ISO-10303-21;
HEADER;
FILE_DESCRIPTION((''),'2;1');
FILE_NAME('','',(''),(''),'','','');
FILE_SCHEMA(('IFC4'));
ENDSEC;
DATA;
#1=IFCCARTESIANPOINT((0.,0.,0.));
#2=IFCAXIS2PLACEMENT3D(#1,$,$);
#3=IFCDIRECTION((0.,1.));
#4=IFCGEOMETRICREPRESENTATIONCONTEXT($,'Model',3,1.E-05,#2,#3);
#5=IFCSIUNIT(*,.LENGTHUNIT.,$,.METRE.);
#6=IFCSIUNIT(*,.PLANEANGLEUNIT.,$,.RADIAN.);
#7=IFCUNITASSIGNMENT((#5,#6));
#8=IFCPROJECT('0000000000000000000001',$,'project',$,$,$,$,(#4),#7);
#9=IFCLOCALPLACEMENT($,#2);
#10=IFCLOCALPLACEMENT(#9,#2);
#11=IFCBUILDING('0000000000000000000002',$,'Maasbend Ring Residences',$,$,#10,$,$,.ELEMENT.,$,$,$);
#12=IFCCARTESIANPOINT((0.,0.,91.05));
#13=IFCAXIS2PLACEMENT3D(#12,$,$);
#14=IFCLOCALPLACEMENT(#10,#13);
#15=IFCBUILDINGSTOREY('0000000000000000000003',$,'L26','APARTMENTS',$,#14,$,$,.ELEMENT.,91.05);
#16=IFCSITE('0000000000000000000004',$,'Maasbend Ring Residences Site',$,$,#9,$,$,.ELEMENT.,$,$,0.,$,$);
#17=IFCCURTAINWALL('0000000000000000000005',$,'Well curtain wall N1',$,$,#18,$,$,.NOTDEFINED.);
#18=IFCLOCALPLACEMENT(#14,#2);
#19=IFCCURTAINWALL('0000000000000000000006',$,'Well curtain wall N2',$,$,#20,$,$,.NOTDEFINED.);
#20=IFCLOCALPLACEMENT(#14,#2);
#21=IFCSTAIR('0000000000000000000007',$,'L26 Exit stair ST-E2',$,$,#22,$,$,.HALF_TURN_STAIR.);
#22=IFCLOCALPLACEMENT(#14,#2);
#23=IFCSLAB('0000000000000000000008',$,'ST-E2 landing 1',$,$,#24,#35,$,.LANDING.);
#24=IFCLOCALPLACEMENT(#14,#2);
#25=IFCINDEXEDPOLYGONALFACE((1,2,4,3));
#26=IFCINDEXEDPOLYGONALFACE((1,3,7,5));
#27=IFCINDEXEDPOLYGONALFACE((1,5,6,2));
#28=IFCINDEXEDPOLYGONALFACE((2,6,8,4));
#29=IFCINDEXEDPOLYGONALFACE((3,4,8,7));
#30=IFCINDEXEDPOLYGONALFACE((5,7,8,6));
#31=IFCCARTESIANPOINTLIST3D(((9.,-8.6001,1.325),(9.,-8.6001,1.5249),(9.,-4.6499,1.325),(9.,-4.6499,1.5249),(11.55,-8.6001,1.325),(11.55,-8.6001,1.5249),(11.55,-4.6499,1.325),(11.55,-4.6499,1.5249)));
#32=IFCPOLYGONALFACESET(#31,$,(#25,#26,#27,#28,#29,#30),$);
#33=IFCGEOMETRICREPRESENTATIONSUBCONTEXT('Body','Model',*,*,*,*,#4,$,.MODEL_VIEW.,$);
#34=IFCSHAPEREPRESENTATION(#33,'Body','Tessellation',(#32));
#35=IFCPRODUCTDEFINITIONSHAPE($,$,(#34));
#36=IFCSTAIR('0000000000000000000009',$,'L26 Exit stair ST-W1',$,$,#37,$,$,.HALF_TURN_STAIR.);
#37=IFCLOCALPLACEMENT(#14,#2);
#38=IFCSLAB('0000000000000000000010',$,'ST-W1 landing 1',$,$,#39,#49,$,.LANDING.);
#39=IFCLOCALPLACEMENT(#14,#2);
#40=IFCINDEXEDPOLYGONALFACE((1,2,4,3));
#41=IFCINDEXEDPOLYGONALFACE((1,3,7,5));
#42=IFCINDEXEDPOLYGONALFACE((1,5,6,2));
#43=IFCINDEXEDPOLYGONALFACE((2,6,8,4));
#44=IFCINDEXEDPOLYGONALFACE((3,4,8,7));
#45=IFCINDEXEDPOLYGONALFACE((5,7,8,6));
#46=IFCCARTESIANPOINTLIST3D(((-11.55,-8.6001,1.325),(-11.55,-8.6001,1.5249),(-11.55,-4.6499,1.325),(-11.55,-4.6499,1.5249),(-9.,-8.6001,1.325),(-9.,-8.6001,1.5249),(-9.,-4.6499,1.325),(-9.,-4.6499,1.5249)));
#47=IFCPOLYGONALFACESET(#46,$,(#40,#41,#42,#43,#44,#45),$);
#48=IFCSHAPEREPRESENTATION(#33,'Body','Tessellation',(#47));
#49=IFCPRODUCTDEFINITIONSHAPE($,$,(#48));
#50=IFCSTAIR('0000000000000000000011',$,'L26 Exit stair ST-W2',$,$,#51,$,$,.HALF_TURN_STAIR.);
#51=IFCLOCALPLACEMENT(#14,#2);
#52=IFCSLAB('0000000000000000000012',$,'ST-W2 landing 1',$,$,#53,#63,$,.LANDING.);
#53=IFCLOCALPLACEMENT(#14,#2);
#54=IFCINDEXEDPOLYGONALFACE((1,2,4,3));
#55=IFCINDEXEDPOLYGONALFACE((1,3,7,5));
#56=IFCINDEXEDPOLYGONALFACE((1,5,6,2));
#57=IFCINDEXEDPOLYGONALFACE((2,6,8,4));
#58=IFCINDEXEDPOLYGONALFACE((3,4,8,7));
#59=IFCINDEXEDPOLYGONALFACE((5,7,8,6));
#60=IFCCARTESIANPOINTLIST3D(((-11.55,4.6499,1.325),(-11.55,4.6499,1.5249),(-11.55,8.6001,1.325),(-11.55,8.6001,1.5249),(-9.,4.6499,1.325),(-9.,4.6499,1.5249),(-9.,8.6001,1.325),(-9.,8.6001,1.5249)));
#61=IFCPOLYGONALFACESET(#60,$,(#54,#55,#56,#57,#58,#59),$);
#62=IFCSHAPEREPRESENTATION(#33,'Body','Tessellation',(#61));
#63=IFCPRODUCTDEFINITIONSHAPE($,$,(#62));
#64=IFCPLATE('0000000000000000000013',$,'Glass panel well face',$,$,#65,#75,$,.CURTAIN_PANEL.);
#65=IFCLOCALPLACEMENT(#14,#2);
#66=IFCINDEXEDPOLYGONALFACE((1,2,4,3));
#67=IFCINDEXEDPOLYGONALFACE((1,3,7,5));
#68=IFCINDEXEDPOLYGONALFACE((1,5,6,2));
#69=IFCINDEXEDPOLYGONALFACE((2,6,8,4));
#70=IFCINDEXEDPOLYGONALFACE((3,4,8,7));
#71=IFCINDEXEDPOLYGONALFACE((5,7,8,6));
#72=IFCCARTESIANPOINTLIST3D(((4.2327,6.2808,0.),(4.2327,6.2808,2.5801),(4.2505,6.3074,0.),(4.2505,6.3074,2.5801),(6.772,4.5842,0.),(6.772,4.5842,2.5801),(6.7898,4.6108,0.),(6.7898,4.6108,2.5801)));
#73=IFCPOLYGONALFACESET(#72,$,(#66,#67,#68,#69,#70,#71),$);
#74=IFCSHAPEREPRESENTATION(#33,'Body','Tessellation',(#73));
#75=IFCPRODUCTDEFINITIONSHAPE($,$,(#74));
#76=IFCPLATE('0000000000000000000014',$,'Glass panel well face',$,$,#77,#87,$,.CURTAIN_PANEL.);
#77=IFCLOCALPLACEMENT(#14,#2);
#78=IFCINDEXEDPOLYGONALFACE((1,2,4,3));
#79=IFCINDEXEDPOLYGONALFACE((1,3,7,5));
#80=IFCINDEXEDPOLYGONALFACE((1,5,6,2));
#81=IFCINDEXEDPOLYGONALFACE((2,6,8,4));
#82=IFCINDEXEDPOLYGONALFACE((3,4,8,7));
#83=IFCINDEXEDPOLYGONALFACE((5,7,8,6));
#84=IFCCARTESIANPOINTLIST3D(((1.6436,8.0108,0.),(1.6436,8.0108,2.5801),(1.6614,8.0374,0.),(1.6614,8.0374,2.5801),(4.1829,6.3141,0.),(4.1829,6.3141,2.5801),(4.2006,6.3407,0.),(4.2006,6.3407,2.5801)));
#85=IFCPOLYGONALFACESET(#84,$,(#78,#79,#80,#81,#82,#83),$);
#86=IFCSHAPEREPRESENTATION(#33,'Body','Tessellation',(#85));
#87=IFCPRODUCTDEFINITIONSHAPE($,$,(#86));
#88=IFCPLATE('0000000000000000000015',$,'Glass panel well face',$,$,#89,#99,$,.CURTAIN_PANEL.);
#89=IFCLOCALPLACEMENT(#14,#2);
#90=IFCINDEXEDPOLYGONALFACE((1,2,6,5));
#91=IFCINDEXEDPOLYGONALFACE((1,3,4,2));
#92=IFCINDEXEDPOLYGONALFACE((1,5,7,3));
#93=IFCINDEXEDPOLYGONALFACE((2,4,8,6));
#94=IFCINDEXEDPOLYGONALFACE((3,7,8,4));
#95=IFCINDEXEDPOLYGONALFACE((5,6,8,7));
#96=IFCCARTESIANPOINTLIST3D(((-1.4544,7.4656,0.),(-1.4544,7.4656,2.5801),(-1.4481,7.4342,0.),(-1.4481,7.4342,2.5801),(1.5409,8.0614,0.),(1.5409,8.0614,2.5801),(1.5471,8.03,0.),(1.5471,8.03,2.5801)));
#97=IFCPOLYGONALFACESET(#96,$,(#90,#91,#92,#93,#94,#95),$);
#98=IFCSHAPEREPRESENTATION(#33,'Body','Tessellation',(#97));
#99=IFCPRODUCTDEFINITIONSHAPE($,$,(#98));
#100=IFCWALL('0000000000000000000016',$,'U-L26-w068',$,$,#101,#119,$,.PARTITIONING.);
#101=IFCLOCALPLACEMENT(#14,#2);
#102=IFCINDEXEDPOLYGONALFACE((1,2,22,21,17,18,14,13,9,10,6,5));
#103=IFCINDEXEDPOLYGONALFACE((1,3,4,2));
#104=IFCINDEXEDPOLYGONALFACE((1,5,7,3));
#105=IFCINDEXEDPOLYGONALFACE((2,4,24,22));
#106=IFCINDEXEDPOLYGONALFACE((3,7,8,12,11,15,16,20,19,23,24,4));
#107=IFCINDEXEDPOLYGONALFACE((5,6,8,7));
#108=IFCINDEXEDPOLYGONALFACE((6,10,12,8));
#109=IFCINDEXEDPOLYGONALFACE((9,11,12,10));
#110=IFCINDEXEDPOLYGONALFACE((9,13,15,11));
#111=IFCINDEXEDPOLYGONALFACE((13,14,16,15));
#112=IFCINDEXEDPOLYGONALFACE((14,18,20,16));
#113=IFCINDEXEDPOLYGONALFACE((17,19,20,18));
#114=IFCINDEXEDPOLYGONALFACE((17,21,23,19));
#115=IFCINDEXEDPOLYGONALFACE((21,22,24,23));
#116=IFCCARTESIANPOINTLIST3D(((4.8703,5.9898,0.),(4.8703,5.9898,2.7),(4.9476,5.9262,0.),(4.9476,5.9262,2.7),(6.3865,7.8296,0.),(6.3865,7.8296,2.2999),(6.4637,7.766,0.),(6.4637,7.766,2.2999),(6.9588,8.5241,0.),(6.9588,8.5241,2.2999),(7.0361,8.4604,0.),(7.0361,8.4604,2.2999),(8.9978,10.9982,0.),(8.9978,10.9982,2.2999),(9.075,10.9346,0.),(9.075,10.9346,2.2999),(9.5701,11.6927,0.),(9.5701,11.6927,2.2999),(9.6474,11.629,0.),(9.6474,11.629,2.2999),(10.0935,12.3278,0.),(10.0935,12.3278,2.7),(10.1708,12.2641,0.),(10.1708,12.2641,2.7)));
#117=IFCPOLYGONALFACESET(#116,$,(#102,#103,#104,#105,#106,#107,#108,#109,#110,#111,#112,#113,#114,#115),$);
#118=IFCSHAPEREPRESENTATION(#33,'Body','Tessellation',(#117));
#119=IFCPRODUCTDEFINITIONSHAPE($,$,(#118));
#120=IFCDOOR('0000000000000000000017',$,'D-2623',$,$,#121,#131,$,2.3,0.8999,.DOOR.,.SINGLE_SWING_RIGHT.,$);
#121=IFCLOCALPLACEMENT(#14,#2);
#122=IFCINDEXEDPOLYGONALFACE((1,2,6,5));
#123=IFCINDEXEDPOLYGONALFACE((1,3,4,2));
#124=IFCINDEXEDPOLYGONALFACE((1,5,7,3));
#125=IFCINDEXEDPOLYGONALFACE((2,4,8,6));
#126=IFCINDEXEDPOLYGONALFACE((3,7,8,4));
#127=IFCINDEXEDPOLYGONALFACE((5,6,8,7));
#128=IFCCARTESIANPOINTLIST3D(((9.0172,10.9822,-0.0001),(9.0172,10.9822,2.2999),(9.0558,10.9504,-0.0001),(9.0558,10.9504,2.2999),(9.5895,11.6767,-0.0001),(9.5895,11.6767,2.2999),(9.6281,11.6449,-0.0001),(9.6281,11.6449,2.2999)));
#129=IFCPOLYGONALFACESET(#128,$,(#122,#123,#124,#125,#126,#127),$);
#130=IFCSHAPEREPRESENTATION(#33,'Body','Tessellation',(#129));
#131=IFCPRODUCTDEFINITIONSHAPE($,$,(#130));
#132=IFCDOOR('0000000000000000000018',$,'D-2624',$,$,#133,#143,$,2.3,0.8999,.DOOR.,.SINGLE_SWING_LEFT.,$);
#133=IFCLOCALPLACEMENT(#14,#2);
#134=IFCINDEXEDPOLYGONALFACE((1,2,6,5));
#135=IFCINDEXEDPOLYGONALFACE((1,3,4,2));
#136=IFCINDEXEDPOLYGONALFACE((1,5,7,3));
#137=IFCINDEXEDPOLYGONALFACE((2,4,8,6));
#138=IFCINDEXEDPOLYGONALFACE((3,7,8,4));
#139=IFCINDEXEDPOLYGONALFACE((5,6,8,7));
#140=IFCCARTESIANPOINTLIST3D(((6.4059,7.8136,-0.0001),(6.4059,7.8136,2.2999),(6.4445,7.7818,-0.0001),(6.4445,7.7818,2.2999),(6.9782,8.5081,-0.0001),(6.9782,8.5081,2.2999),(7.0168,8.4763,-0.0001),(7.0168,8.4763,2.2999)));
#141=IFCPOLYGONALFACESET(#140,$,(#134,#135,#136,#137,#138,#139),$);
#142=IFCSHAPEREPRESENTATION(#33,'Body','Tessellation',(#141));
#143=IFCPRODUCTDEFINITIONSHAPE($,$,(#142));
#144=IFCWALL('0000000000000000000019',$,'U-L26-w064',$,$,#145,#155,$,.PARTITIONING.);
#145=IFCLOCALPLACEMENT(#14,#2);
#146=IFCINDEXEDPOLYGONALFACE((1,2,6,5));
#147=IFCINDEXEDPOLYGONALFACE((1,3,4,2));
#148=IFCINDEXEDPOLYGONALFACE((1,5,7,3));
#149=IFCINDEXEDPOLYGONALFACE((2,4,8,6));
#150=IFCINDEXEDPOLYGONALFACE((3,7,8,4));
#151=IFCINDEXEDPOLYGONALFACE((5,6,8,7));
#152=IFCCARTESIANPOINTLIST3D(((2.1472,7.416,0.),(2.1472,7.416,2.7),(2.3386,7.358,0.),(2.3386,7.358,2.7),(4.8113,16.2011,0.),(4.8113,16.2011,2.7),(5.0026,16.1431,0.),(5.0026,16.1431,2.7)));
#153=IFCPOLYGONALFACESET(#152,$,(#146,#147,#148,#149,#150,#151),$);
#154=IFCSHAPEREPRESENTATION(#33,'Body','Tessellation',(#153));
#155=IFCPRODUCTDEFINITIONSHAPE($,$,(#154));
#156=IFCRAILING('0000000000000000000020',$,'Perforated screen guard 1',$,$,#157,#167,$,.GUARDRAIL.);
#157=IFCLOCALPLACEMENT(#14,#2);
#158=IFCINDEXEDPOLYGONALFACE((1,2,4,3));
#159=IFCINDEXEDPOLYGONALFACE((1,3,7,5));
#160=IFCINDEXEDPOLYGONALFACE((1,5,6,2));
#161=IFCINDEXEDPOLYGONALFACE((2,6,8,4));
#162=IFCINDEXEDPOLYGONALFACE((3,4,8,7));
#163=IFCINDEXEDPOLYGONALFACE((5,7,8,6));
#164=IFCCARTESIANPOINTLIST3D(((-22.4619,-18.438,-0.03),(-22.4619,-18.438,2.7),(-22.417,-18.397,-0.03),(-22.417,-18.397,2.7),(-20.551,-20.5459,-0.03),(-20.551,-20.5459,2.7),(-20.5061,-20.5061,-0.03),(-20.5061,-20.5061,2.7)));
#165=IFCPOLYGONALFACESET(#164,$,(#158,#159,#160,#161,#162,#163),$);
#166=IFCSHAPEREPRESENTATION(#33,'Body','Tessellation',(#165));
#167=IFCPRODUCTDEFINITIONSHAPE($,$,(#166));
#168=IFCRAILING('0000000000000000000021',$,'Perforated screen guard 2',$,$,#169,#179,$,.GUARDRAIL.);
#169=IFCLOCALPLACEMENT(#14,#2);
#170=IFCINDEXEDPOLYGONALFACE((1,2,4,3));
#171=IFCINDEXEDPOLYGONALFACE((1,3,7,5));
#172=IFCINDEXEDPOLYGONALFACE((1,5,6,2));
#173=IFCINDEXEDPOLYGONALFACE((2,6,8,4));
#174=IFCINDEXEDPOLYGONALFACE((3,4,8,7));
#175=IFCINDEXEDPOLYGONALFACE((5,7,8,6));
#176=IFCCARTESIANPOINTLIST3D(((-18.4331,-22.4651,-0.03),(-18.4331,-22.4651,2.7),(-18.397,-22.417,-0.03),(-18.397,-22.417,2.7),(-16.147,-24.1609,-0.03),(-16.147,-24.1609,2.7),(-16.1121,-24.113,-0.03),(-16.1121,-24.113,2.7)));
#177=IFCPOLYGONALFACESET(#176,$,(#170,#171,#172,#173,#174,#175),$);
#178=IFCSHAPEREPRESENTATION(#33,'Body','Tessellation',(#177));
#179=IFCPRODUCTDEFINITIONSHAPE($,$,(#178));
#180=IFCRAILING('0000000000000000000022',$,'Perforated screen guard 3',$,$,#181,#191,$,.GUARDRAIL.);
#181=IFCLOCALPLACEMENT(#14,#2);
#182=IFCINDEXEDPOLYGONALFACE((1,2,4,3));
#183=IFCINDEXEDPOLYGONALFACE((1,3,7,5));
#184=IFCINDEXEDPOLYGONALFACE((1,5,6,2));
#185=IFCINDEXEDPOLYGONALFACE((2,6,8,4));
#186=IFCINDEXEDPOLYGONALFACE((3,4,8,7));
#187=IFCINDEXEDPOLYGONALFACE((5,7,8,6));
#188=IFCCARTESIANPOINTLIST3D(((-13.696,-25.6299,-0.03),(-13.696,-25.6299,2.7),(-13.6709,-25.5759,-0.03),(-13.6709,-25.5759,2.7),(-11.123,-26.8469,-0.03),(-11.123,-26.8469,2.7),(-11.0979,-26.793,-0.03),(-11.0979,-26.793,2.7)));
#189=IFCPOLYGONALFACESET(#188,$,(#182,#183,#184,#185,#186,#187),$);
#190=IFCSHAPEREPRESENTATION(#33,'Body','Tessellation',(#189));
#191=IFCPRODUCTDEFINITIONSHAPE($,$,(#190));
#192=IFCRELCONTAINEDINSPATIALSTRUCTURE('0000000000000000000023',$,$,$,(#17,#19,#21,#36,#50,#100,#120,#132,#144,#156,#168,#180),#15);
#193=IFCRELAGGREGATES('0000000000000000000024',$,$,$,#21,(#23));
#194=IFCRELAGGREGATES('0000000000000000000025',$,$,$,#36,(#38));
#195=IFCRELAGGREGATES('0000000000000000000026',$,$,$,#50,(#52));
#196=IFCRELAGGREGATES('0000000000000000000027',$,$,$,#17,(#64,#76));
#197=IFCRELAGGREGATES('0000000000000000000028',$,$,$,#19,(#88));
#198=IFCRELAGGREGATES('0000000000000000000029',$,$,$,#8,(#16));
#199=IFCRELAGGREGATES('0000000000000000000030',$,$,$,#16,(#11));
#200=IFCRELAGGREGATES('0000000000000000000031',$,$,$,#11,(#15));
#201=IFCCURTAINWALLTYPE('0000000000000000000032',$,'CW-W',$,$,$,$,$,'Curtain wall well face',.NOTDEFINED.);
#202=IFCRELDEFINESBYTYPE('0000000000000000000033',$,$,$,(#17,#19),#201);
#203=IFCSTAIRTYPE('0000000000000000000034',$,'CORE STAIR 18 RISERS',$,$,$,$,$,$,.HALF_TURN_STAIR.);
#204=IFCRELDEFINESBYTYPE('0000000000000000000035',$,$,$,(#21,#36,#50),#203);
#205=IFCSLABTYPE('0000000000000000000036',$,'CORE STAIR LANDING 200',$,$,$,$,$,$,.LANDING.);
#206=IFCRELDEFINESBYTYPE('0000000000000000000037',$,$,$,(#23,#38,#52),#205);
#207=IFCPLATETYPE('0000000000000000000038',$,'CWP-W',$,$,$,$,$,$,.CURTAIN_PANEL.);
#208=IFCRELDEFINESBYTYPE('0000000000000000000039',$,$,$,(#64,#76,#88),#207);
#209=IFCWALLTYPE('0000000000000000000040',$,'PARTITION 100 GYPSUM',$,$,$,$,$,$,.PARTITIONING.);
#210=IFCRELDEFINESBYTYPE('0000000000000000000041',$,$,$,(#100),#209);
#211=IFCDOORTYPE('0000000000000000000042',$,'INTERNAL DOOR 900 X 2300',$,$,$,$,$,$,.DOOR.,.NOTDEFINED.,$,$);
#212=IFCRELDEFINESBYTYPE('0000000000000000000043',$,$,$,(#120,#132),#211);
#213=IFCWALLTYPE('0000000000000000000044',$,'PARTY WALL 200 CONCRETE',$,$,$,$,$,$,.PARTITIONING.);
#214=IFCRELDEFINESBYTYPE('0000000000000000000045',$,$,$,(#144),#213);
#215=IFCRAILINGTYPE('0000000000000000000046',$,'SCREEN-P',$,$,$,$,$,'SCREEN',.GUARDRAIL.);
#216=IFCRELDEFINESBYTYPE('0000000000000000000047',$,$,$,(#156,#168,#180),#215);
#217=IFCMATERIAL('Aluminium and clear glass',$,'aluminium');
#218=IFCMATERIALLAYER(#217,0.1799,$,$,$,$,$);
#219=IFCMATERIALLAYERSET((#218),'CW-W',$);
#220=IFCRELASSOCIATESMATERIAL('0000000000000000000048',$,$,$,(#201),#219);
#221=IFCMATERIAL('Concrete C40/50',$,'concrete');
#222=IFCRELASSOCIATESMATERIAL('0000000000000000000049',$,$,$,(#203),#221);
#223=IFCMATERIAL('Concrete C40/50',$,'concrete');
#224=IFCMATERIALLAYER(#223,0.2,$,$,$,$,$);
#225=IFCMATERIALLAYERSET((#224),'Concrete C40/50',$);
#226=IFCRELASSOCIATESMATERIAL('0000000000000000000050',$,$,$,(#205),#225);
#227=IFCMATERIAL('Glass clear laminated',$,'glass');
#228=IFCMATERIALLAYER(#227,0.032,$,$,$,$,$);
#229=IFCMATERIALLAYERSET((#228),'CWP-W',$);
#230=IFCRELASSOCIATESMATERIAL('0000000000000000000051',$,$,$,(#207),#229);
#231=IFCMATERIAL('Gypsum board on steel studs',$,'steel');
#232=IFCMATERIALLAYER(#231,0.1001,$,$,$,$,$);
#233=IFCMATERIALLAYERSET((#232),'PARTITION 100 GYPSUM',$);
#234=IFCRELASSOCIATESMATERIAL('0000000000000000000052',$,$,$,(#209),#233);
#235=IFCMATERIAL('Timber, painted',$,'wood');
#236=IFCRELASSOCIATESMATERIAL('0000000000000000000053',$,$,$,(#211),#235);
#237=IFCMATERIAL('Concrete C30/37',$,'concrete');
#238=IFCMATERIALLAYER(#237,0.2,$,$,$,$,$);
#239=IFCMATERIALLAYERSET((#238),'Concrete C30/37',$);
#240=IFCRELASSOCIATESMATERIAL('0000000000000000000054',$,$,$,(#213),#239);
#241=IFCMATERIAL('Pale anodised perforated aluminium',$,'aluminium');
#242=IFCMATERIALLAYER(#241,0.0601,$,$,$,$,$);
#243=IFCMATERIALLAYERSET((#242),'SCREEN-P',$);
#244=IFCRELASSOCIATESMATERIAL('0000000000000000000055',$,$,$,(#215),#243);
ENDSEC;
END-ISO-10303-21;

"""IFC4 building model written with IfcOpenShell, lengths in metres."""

from ifc_helpers import new_model, si_unit, direction, frame, frame_2d, origin, origin_2d, place, context, subcontext, project, spatial, polyline, rectangle, outline, extrude, material, layer, layer_set, type_object, element, fill, aggregate, save


model = new_model("IFC4")

# Units and contexts
model_context = context("Model", 3, precision=1e-05, world=origin(), true_north=direction((0.0, 1.0)))
body_context = subcontext(model_context, "Body", "Model", "MODEL_VIEW")
ifc_project = project(units=[si_unit("LENGTHUNIT", "METRE"), si_unit("PLANEANGLEUNIT", "RADIAN")], contexts=[model_context])

# Site, building, storey
site_placement = place(None, origin())
site = spatial("IfcSite", under=ifc_project, at=site_placement, Name="Maasbend Ring Residences Site", CompositionType="ELEMENT", RefElevation=0.0)
building_placement = place(site_placement, origin())
building = spatial("IfcBuilding", under=site, at=building_placement, Name="Maasbend Ring Residences", CompositionType="ELEMENT")
storey_placement = place(building_placement, frame((0.0, 0.0, 91.05)))
storey = spatial("IfcBuildingStorey", under=building, at=storey_placement, Name="L26", Description="APARTMENTS", CompositionType="ELEMENT", Elevation=91.05)

# Curtain wall
ifc_material_1 = material(Name="Aluminium and clear glass", Category="aluminium")
ifc_layer_1 = layer(ifc_material_1, 0.1799)
ifc_layer_set_1 = layer_set([ifc_layer_1], Name="CW-W")
curtain_wall_type = type_object("IfcCurtainWallType", Name="CW-W", ElementType="Curtain wall well face", PredefinedType="NOTDEFINED", material=ifc_layer_set_1)
curtain_wall_1_placement = place(storey_placement, origin())
curtain_wall_1 = element("IfcCurtainWall", 1, at=curtain_wall_1_placement, inside=storey, type_object=curtain_wall_type, Name="Well curtain wall N1", PredefinedType="NOTDEFINED")

# Curtain wall
curtain_wall_2_placement = place(storey_placement, origin())
curtain_wall_2 = element("IfcCurtainWall", 2, at=curtain_wall_2_placement, inside=storey, type_object=curtain_wall_type, Name="Well curtain wall N2", PredefinedType="NOTDEFINED")

# Stairs, slabs
ifc_material_2 = material(Name="Concrete C40/50", Category="concrete")
stair_type = type_object("IfcStairType", Name="CORE STAIR 18 RISERS", PredefinedType="HALF_TURN_STAIR", material=ifc_material_2)
ifc_material_3 = material(Name="Concrete C40/50", Category="concrete")
ifc_layer_2 = layer(ifc_material_3, 0.2)
ifc_layer_set_2 = layer_set([ifc_layer_2], Name="Concrete C40/50")
slab_type = type_object("IfcSlabType", Name="CORE STAIR LANDING 200", PredefinedType="LANDING", material=ifc_layer_set_2)
stair_1_placement = place(storey_placement, origin())
stair_1 = element("IfcStair", 3, at=stair_1_placement, inside=storey, type_object=stair_type, Name="L26 Exit stair ST-E2", PredefinedType="HALF_TURN_STAIR")
slab_1_placement = place(storey_placement, frame((0.0, 0.0, 1.325)))
slab_1 = element("IfcSlab", 4, at=slab_1_placement, type_object=slab_type, Name="ST-E2 landing 1", PredefinedType="LANDING", context=body_context, shape_type="SweptSolid", body=[
    extrude(outline(polyline([(11.55, -4.6499), (9.0, -4.6499), (9.0, -8.6001), (11.55, -8.6001), (11.55, -4.6499)])), origin(), (0.0, 0.0, 1.0), 0.2),
])
aggregate(stair_1, [slab_1])
stair_2_placement = place(storey_placement, origin())
stair_2 = element("IfcStair", 5, at=stair_2_placement, inside=storey, type_object=stair_type, Name="L26 Exit stair ST-W1", PredefinedType="HALF_TURN_STAIR")
slab_2_placement = place(storey_placement, frame((0.0, 0.0, 1.325)))
slab_2 = element("IfcSlab", 6, at=slab_2_placement, type_object=slab_type, Name="ST-W1 landing 1", PredefinedType="LANDING", context=body_context, shape_type="SweptSolid", body=[
    extrude(outline(polyline([(-11.55, -8.6001), (-9.0, -8.6001), (-9.0, -4.6499), (-11.55, -4.6499), (-11.55, -8.6001)])), origin(), (0.0, 0.0, 1.0), 0.2),
])
aggregate(stair_2, [slab_2])
stair_3_placement = place(storey_placement, origin())
stair_3 = element("IfcStair", 7, at=stair_3_placement, inside=storey, type_object=stair_type, Name="L26 Exit stair ST-W2", PredefinedType="HALF_TURN_STAIR")
slab_3_placement = place(storey_placement, frame((0.0, 0.0, 1.325)))
slab_3 = element("IfcSlab", 8, at=slab_3_placement, type_object=slab_type, Name="ST-W2 landing 1", PredefinedType="LANDING", context=body_context, shape_type="SweptSolid", body=[
    extrude(outline(polyline([(-11.55, 4.6499), (-9.0, 4.6499), (-9.0, 8.6001), (-11.55, 8.6001), (-11.55, 4.6499)])), origin(), (0.0, 0.0, 1.0), 0.2),
])
aggregate(stair_3, [slab_3])

# Plates
ifc_material_4 = material(Name="Glass clear laminated", Category="glass")
ifc_layer_3 = layer(ifc_material_4, 0.032)
ifc_layer_set_3 = layer_set([ifc_layer_3], Name="CWP-W")
plate_type = type_object("IfcPlateType", Name="CWP-W", PredefinedType="CURTAIN_PANEL", material=ifc_layer_set_3)
plate_1_placement = place(storey_placement, frame((5.5112, 5.4458, 0.0), z_axis=(0.0, 0.0, 1.0), x_axis=(-0.83147, 0.55557, 0.0)))
plate_1 = element("IfcPlate", 9, at=plate_1_placement, type_object=plate_type, Name="Glass panel well face", PredefinedType="CURTAIN_PANEL", context=body_context, shape_type="SweptSolid", body=[
    extrude(rectangle(XDim=3.054, YDim=0.032, at=origin_2d()), origin(), (0.0, 0.0, 1.0), 2.5801),
])
plate_2_placement = place(storey_placement, frame((2.9221, 7.1758, 0.0), z_axis=(0.0, 0.0, 1.0), x_axis=(-0.83147, 0.55557, 0.0)))
plate_2 = element("IfcPlate", 10, at=plate_2_placement, type_object=plate_type, Name="Glass panel well face", PredefinedType="CURTAIN_PANEL", context=body_context, shape_type="SweptSolid", body=[
    extrude(rectangle(XDim=3.054, YDim=0.032, at=origin_2d()), origin(), (0.0, 0.0, 1.0), 2.5801),
])
aggregate(curtain_wall_1, [plate_1, plate_2])
plate_3_placement = place(storey_placement, frame((0.0464, 7.7478, 0.0), z_axis=(0.0, 0.0, 1.0), x_axis=(-0.980785, -0.19509, 0.0)))
plate_3 = element("IfcPlate", 11, at=plate_3_placement, type_object=plate_type, Name="Glass panel well face", PredefinedType="CURTAIN_PANEL", context=body_context, shape_type="SweptSolid", body=[
    extrude(rectangle(XDim=3.054, YDim=0.032, at=origin_2d()), origin(), (0.0, 0.0, 1.0), 2.5801),
])
aggregate(curtain_wall_2, [plate_3])

# Wall, openings, doors
ifc_material_5 = material(Name="Gypsum board on steel studs", Category="steel")
ifc_layer_4 = layer(ifc_material_5, 0.1001)
ifc_layer_set_4 = layer_set([ifc_layer_4], Name="PARTITION 100 GYPSUM")
wall_type_1 = type_object("IfcWallType", Name="PARTITION 100 GYPSUM", PredefinedType="PARTITIONING", material=ifc_layer_set_4)
wall_1_placement = place(storey_placement, frame((4.9089, 5.958, 0.0), z_axis=(0.0, 0.0, 1.0), x_axis=(0.635976, 0.771709, 0.0)))
wall_1 = element("IfcWall", 12, at=wall_1_placement, inside=storey, type_object=wall_type_1, Name="U-L26-w068", PredefinedType="PARTITIONING", context=body_context, shape_type="SweptSolid", body=[
    extrude(rectangle(XDim=8.2129, YDim=0.1001, at=frame_2d((4.1064, 0.0))), origin(), (0.0, 0.0, 1.0), 2.7),
])
opening_1_placement = place(wall_1_placement, frame((6.49, 0.0, 0.0)))
opening_1 = element("IfcOpeningElement", 13, at=opening_1_placement, cuts=wall_1, PredefinedType="OPENING", context=body_context, shape_type="SweptSolid", body=[
    extrude(rectangle(XDim=0.8999, YDim=2.3, at=frame_2d((0.45, 1.1499))), frame((0.0, 0.0601, 0.0), z_axis=(0.0, -1.0, 0.0), x_axis=(1.0, 0.0, 0.0)), (0.0, 0.0, 1.0), 0.1201),
])
opening_2_placement = place(wall_1_placement, frame((2.384, 0.0, 0.0)))
opening_2 = element("IfcOpeningElement", 14, at=opening_2_placement, cuts=wall_1, PredefinedType="OPENING", context=body_context, shape_type="SweptSolid", body=[
    extrude(rectangle(XDim=0.8999, YDim=2.3, at=frame_2d((0.45, 1.1499))), frame((0.0, 0.0601, 0.0), z_axis=(0.0, -1.0, 0.0), x_axis=(1.0, 0.0, 0.0)), (0.0, 0.0, 1.0), 0.1201),
])
ifc_material_6 = material(Name="Timber, painted", Category="wood")
door_type = type_object("IfcDoorType", Name="INTERNAL DOOR 900 X 2300", OperationType="NOTDEFINED", PredefinedType="DOOR", material=ifc_material_6)
door_1_placement = place(opening_1_placement, origin())
door_1 = element("IfcDoor", 15, at=door_1_placement, inside=storey, type_object=door_type, Name="D-2623", OperationType="SINGLE_SWING_RIGHT", OverallHeight=2.3, OverallWidth=0.8999, PredefinedType="DOOR", context=body_context, shape_type="SweptSolid", body=[
    extrude(rectangle(XDim=0.8999, YDim=2.3, at=frame_2d((0.45, 1.1499))), frame((0.0, 0.0249, 0.0), z_axis=(0.0, -1.0, 0.0), x_axis=(1.0, 0.0, 0.0)), (0.0, 0.0, 1.0), 0.05),
])
fill(opening_1, door_1)
door_2_placement = place(opening_2_placement, origin())
door_2 = element("IfcDoor", 16, at=door_2_placement, inside=storey, type_object=door_type, Name="D-2624", OperationType="SINGLE_SWING_LEFT", OverallHeight=2.3, OverallWidth=0.8999, PredefinedType="DOOR", context=body_context, shape_type="SweptSolid", body=[
    extrude(rectangle(XDim=0.8999, YDim=2.3, at=frame_2d((0.45, 1.1499))), frame((0.0, 0.0249, 0.0), z_axis=(0.0, -1.0, 0.0), x_axis=(1.0, 0.0, 0.0)), (0.0, 0.0, 1.0), 0.05),
])
fill(opening_2, door_2)

# Wall
ifc_material_7 = material(Name="Concrete C30/37", Category="concrete")
ifc_layer_5 = layer(ifc_material_7, 0.2)
ifc_layer_set_5 = layer_set([ifc_layer_5], Name="Concrete C30/37")
wall_type_2 = type_object("IfcWallType", Name="PARTY WALL 200 CONCRETE", PredefinedType="PARTITIONING", material=ifc_layer_set_5)
wall_2_placement = place(storey_placement, frame((2.2429, 7.387, 0.0), z_axis=(0.0, 0.0, 1.0), x_axis=(0.290196, 0.956967, 0.0)))
element("IfcWall", 17, at=wall_2_placement, inside=storey, type_object=wall_type_2, Name="U-L26-w064", PredefinedType="PARTITIONING", context=body_context, shape_type="SweptSolid", body=[
    extrude(rectangle(XDim=9.1802, YDim=0.2, at=frame_2d((4.5901, 0.0))), origin(), (0.0, 0.0, 1.0), 2.7),
])

# Railings
ifc_material_8 = material(Name="Pale anodised perforated aluminium", Category="aluminium")
ifc_layer_6 = layer(ifc_material_8, 0.0601)
ifc_layer_set_6 = layer_set([ifc_layer_6], Name="SCREEN-P")
railing_type = type_object("IfcRailingType", Name="SCREEN-P", ElementType="SCREEN", PredefinedType="GUARDRAIL", material=ifc_layer_set_6)
railing_1_placement = place(storey_placement, frame((0.0, 0.0, -0.03)))
element("IfcRailing", 18, at=railing_1_placement, inside=storey, type_object=railing_type, Name="Perforated screen guard 1", PredefinedType="GUARDRAIL", context=body_context, shape_type="SweptSolid", body=[
    extrude(outline(polyline([(-22.417, -18.397), (-20.5061, -20.5061), (-20.551, -20.5459), (-22.4619, -18.438), (-22.417, -18.397)])), origin(), (0.0, 0.0, 1.0), 2.73),
])
railing_2_placement = place(storey_placement, frame((0.0, 0.0, -0.03)))
element("IfcRailing", 19, at=railing_2_placement, inside=storey, type_object=railing_type, Name="Perforated screen guard 2", PredefinedType="GUARDRAIL", context=body_context, shape_type="SweptSolid", body=[
    extrude(outline(polyline([(-18.397, -22.417), (-16.1121, -24.113), (-16.147, -24.1609), (-18.4331, -22.4651), (-18.397, -22.417)])), origin(), (0.0, 0.0, 1.0), 2.73),
])
railing_3_placement = place(storey_placement, frame((0.0, 0.0, -0.03)))
element("IfcRailing", 20, at=railing_3_placement, inside=storey, type_object=railing_type, Name="Perforated screen guard 3", PredefinedType="GUARDRAIL", context=body_context, shape_type="SweptSolid", body=[
    extrude(outline(polyline([(-13.6709, -25.5759), (-11.0979, -26.793), (-11.123, -26.8469), (-13.696, -25.6299), (-13.6709, -25.5759)])), origin(), (0.0, 0.0, 1.0), 2.73),
])

save(model, "model.ifc")
